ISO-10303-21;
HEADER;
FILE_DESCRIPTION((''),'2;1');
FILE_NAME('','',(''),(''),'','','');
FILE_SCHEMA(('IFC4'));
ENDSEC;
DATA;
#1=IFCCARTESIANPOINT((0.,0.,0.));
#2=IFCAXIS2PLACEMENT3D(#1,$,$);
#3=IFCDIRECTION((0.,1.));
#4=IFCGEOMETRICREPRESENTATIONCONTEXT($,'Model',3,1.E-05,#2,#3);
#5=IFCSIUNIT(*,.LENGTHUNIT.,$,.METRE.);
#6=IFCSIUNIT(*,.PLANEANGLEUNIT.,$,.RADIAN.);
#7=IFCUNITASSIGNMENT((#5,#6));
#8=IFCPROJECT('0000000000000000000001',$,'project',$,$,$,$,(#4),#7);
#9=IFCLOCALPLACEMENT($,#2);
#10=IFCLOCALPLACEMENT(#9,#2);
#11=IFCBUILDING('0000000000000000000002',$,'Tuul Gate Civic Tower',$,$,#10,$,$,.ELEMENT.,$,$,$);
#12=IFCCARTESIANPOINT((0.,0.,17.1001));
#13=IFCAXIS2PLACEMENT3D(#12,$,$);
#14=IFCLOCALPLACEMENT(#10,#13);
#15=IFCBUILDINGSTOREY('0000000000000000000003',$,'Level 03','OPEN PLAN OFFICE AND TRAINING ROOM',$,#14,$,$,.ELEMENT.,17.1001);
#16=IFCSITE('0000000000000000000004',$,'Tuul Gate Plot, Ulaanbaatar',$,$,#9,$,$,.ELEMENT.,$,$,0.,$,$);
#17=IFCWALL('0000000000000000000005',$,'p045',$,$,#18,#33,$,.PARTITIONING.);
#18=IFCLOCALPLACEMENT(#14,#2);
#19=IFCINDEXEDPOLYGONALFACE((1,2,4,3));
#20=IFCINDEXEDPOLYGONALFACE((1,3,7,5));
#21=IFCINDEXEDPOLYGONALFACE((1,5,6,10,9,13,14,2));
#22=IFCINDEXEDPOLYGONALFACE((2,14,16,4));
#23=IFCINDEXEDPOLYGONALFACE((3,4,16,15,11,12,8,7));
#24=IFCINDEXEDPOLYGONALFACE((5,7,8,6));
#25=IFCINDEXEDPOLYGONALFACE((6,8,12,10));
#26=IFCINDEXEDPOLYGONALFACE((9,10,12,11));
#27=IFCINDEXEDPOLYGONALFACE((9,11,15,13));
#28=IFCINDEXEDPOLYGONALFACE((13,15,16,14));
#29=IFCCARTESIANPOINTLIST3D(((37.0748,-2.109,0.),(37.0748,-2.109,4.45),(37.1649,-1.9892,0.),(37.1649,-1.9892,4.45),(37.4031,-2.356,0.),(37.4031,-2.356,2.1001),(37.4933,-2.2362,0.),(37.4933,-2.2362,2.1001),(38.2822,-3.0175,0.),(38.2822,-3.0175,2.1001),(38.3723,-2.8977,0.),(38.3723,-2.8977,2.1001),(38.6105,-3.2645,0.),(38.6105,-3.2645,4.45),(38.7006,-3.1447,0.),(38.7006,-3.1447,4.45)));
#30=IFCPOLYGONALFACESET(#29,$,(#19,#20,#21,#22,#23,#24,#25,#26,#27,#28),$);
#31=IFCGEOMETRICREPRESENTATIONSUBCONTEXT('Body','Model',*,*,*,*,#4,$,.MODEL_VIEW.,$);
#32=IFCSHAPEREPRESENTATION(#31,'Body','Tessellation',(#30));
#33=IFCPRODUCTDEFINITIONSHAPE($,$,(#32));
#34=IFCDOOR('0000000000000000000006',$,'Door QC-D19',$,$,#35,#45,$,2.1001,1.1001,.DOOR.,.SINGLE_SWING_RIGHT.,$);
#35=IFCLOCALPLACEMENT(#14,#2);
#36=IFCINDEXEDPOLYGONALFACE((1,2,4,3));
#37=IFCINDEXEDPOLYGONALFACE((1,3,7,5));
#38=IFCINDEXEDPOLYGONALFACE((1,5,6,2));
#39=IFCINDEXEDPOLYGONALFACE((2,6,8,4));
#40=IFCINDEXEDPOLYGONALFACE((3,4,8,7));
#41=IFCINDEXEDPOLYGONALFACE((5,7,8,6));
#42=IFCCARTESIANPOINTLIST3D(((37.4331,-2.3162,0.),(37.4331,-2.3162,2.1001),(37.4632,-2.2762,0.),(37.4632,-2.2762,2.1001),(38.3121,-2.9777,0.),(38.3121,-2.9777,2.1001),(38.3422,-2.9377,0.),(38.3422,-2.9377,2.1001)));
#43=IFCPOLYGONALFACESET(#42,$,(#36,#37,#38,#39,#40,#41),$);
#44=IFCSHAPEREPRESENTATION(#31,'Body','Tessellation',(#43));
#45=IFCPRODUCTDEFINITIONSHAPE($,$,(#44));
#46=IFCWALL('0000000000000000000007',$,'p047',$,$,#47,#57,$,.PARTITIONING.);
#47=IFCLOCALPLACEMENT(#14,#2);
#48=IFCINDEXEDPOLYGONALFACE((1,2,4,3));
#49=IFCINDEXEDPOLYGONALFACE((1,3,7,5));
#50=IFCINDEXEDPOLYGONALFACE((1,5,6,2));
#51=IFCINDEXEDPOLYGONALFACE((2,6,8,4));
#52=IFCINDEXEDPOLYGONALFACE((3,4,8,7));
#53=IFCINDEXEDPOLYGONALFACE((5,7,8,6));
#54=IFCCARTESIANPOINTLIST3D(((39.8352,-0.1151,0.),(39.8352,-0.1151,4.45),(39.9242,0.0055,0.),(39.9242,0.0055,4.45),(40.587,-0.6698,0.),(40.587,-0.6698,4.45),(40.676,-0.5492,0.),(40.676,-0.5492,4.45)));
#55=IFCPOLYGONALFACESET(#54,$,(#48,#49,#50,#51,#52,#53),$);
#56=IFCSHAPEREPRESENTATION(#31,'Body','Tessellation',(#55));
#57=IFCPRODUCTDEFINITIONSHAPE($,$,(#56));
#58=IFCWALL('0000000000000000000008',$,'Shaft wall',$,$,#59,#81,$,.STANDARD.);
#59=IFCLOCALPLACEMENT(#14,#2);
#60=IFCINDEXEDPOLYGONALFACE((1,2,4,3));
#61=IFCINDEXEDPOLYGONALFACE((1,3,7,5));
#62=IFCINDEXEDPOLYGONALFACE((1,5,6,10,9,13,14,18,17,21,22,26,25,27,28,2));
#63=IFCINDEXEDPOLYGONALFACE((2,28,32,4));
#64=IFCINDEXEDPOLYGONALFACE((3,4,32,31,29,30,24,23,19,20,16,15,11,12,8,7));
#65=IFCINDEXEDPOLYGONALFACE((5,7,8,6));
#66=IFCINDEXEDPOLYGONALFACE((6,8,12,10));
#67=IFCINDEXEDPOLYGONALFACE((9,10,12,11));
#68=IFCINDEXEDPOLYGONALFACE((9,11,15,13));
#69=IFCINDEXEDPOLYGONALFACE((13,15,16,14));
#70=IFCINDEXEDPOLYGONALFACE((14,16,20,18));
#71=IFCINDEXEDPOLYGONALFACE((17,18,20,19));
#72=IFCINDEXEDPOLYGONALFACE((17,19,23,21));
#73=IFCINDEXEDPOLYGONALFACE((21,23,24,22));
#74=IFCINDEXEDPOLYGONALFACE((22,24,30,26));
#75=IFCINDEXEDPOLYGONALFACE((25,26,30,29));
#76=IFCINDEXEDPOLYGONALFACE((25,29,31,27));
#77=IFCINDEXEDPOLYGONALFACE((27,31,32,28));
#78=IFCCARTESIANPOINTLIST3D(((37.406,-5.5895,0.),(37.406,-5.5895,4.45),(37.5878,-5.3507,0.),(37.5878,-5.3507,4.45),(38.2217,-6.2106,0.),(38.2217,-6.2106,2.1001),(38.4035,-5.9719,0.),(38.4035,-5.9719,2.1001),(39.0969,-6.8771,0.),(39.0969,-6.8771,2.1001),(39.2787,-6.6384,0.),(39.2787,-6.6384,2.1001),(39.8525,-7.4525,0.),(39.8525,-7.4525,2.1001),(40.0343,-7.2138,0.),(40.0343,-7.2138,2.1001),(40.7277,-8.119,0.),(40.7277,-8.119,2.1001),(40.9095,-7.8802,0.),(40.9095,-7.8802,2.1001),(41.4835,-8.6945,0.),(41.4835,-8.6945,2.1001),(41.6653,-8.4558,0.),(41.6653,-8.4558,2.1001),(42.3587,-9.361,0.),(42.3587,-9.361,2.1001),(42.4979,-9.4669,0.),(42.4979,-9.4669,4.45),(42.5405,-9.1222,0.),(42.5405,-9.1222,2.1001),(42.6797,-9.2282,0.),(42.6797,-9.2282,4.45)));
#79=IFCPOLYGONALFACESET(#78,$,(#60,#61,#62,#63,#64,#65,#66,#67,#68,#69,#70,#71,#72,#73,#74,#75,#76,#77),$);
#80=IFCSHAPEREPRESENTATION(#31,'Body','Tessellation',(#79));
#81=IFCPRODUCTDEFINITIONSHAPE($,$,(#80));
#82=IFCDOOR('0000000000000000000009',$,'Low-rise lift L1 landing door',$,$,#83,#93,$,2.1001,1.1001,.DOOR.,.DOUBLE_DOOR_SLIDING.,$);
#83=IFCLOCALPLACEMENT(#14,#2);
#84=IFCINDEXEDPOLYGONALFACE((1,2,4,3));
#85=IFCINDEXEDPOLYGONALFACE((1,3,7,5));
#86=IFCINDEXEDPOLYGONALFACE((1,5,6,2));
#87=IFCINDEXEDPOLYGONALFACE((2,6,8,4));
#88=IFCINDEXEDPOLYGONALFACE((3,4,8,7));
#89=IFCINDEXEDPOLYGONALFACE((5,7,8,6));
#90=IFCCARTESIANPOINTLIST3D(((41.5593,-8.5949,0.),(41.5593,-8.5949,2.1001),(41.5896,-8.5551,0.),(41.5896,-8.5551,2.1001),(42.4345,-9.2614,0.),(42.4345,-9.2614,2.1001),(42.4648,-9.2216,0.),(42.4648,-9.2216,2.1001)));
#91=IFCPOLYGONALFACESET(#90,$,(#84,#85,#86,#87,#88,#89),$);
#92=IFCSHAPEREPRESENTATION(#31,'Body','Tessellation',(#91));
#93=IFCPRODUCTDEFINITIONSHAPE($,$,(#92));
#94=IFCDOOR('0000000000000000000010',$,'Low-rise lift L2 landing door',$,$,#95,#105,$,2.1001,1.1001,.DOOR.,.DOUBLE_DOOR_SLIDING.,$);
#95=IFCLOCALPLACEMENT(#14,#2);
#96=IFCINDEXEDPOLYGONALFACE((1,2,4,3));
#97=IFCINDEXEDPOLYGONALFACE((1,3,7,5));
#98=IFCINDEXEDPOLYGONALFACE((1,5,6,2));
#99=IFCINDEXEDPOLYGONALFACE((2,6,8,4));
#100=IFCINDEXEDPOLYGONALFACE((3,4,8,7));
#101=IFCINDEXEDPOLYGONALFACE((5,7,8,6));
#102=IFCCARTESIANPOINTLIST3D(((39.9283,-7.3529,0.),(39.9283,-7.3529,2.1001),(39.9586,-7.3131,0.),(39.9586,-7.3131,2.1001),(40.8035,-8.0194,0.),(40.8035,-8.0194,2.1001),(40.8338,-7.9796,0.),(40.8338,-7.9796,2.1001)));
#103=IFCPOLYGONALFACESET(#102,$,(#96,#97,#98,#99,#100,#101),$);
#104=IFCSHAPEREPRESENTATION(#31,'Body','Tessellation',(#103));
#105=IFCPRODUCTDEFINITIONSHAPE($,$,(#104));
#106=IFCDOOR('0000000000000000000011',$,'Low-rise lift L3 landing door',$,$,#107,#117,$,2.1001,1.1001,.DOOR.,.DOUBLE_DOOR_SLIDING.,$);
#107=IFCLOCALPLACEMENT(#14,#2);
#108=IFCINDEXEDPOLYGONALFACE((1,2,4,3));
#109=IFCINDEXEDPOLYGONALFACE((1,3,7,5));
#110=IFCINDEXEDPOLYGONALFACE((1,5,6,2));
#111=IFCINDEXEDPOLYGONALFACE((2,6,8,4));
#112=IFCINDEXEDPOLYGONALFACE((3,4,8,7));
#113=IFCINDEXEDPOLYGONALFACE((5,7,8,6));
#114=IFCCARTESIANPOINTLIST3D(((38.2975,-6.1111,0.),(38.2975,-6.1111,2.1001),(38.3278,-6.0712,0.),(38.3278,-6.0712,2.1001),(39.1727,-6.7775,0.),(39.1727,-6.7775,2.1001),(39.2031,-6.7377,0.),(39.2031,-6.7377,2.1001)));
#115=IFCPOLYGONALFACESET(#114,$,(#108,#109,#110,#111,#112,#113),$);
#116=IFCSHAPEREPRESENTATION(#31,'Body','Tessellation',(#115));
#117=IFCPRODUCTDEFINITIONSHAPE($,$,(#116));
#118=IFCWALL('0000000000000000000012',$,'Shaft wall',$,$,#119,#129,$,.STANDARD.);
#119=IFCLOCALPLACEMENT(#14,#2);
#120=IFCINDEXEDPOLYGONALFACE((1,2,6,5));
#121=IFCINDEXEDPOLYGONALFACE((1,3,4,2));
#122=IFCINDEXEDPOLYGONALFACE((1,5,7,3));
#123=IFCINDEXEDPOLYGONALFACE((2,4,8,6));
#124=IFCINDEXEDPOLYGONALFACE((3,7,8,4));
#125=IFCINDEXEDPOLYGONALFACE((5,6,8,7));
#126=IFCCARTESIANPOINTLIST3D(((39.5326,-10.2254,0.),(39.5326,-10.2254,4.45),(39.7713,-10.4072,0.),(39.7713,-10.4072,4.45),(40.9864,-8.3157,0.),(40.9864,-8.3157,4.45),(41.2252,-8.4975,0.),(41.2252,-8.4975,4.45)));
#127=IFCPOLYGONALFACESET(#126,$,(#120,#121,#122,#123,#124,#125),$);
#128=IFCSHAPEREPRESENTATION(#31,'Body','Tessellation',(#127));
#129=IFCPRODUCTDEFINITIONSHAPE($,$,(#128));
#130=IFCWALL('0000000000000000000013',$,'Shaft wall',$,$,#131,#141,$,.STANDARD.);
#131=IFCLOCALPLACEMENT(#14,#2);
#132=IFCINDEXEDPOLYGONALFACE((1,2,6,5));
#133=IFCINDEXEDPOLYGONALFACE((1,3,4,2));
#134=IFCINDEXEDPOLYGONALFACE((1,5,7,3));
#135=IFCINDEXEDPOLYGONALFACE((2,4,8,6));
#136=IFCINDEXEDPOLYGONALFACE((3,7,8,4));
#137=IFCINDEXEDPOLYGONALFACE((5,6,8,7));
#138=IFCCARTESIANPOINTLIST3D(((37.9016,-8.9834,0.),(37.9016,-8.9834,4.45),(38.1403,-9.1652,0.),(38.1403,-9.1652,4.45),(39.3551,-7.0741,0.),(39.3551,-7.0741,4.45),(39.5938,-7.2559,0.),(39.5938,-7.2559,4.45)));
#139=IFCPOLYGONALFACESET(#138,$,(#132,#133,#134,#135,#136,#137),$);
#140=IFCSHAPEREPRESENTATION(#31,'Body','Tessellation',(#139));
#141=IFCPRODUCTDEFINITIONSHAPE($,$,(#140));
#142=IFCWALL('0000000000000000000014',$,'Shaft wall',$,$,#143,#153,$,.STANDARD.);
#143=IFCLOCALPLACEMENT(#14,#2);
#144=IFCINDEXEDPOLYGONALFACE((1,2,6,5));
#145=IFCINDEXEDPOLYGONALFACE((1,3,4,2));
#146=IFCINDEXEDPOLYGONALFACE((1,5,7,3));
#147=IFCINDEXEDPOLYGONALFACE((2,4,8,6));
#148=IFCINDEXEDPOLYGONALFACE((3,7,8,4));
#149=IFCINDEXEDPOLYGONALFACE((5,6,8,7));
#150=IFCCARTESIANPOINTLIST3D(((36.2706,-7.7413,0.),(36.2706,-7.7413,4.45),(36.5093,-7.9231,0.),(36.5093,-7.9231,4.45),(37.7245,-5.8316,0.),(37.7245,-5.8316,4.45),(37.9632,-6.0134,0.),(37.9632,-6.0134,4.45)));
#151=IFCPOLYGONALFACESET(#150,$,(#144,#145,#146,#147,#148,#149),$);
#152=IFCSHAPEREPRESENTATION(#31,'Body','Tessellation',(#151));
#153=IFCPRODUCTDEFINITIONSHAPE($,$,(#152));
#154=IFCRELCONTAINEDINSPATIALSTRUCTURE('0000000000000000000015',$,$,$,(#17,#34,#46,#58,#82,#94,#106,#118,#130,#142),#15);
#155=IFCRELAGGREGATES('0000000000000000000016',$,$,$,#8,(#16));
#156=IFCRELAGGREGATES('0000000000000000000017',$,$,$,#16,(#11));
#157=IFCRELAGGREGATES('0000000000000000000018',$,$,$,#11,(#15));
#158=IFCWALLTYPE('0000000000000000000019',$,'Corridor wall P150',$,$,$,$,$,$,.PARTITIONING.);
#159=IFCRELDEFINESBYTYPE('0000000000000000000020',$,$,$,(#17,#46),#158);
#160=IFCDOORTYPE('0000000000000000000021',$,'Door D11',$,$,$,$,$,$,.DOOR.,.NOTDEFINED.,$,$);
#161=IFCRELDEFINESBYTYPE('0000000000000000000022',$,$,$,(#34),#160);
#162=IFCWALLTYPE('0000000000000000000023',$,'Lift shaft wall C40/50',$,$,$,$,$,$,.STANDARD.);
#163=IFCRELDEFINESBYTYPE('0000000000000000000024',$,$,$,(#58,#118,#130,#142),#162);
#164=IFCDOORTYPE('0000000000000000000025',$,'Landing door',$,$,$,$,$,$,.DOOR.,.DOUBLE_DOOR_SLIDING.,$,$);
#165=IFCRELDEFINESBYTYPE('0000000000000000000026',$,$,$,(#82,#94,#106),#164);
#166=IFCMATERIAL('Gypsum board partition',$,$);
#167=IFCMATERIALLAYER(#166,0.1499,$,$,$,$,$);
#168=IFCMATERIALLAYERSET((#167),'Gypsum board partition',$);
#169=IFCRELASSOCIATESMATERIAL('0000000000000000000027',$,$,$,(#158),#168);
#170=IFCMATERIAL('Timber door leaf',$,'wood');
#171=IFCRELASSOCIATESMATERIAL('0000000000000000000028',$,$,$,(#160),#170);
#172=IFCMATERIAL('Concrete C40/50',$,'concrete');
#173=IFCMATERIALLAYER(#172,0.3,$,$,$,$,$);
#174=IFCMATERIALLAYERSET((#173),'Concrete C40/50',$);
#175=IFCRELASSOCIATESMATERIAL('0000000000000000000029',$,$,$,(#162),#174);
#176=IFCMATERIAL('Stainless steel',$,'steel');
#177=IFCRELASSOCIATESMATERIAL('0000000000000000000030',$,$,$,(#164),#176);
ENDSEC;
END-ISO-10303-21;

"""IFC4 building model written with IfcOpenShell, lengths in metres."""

from ifc_helpers import new_model, si_unit, direction, frame, frame_2d, origin, place, context, subcontext, project, spatial, rectangle, extrude, material, layer, layer_set, type_object, element, fill, save


model = new_model("IFC4")

# Units and contexts
model_context = context("Model", 3, precision=1e-05, world=origin(), true_north=direction((0.0, 1.0)))
body_context = subcontext(model_context, "Body", "Model", "MODEL_VIEW")
ifc_project = project(units=[si_unit("LENGTHUNIT", "METRE"), si_unit("PLANEANGLEUNIT", "RADIAN")], contexts=[model_context])

# Site, building, storey
site_placement = place(None, origin())
site = spatial("IfcSite", under=ifc_project, at=site_placement, Name="Tuul Gate Plot, Ulaanbaatar", CompositionType="ELEMENT", RefElevation=0.0)
building_placement = place(site_placement, origin())
building = spatial("IfcBuilding", under=site, at=building_placement, Name="Tuul Gate Civic Tower", CompositionType="ELEMENT")
storey_placement = place(building_placement, frame((0.0, 0.0, 17.1001)))
storey = spatial("IfcBuildingStorey", under=building, at=storey_placement, Name="Level 03", Description="OPEN PLAN OFFICE AND TRAINING ROOM", CompositionType="ELEMENT", Elevation=17.1001)

# Shared definitions
ifc_material_1 = material(Name="Gypsum board partition")
ifc_layer_1 = layer(ifc_material_1, 0.1499)
ifc_layer_set_1 = layer_set([ifc_layer_1], Name="Gypsum board partition")
wall_type_1 = type_object("IfcWallType", Name="Corridor wall P150", PredefinedType="PARTITIONING", material=ifc_layer_set_1)

# Wall, opening, door
wall_1_placement = place(storey_placement, frame((37.1199, -2.0491, 0.0), z_axis=(0.0, 0.0, 1.0), x_axis=(0.799054, -0.601259, 0.0)))
wall_1 = element("IfcWall", 1, at=wall_1_placement, inside=storey, type_object=wall_type_1, Name="p045", PredefinedType="PARTITIONING", context=body_context, shape_type="SweptSolid", body=[
    extrude(rectangle(XDim=1.9219, YDim=0.1499, at=frame_2d((0.9609, 0.0))), origin(), (0.0, 0.0, 1.0), 4.45),
])
opening_1_placement = place(wall_1_placement, frame((0.4109, 0.0, 0.0)))
opening_1 = element("IfcOpeningElement", 2, at=opening_1_placement, cuts=wall_1, PredefinedType="OPENING", context=body_context, shape_type="SweptSolid", body=[
    extrude(rectangle(XDim=1.1001, YDim=2.1001, at=frame_2d((0.55, 1.05))), frame((0.0, 0.085, 0.0), z_axis=(0.0, -1.0, 0.0), x_axis=(1.0, 0.0, 0.0)), (0.0, 0.0, 1.0), 0.1699),
])
ifc_material_2 = material(Name="Timber door leaf", Category="wood")
door_type_1 = type_object("IfcDoorType", Name="Door D11", OperationType="NOTDEFINED", PredefinedType="DOOR", material=ifc_material_2)
door_1_placement = place(opening_1_placement, origin())
door_1 = element("IfcDoor", 3, at=door_1_placement, inside=storey, type_object=door_type_1, Name="Door QC-D19", OperationType="SINGLE_SWING_RIGHT", OverallHeight=2.1001, OverallWidth=1.1001, PredefinedType="DOOR", context=body_context, shape_type="SweptSolid", body=[
    extrude(rectangle(XDim=1.1001, YDim=2.1001, at=frame_2d((0.55, 1.05))), frame((0.0, 0.0249, 0.0), z_axis=(0.0, -1.0, 0.0), x_axis=(1.0, 0.0, 0.0)), (0.0, 0.0, 1.0), 0.05),
])
fill(opening_1, door_1)

# Wall
wall_2_placement = place(storey_placement, frame((39.8796, -0.0547, 0.0), z_axis=(0.0, 0.0, 1.0), x_axis=(0.804648, -0.593752, 0.0)))
element("IfcWall", 4, at=wall_2_placement, inside=storey, type_object=wall_type_1, Name="p047", PredefinedType="PARTITIONING", context=body_context, shape_type="SweptSolid", body=[
    extrude(rectangle(XDim=0.9343, YDim=0.1499, at=frame_2d((0.4673, 0.0))), origin(), (0.0, 0.0, 1.0), 4.45),
])

# Wall, openings, doors
ifc_material_3 = material(Name="Concrete C40/50", Category="concrete")
ifc_layer_2 = layer(ifc_material_3, 0.3)
ifc_layer_set_2 = layer_set([ifc_layer_2], Name="Concrete C40/50")
wall_type_2 = type_object("IfcWallType", Name="Lift shaft wall C40/50", PredefinedType="STANDARD", material=ifc_layer_set_2)
wall_3_placement = place(storey_placement, frame((42.5889, -9.3477, 0.0), z_axis=(0.0, 0.0, 1.0), x_axis=(-0.795584, 0.605843, 0.0)))
wall_3 = element("IfcWall", 5, at=wall_3_placement, inside=storey, type_object=wall_type_2, Name="Shaft wall", PredefinedType="STANDARD", context=body_context, shape_type="SweptSolid", body=[
    extrude(rectangle(XDim=6.4001, YDim=0.3, at=frame_2d((3.2002, 0.0))), origin(), (0.0, 0.0, 1.0), 4.45),
])
opening_2_placement = place(wall_3_placement, frame((0.175, 0.0, 0.0)))
opening_2 = element("IfcOpeningElement", 6, at=opening_2_placement, cuts=wall_3, PredefinedType="OPENING", context=body_context, shape_type="SweptSolid", body=[
    extrude(rectangle(XDim=1.1001, YDim=2.1001, at=frame_2d((0.55, 1.05))), frame((0.0, 0.1602, 0.0), z_axis=(0.0, -1.0, 0.0), x_axis=(1.0, 0.0, 0.0)), (0.0, 0.0, 1.0), 0.3201),
])
opening_3_placement = place(wall_3_placement, frame((2.2251, 0.0, 0.0)))
opening_3 = element("IfcOpeningElement", 7, at=opening_3_placement, cuts=wall_3, PredefinedType="OPENING", context=body_context, shape_type="SweptSolid", body=[
    extrude(rectangle(XDim=1.1001, YDim=2.1001, at=frame_2d((0.55, 1.05))), frame((0.0, 0.1602, 0.0), z_axis=(0.0, -1.0, 0.0), x_axis=(1.0, 0.0, 0.0)), (0.0, 0.0, 1.0), 0.3201),
])
opening_4_placement = place(wall_3_placement, frame((4.2749, 0.0, 0.0)))
opening_4 = element("IfcOpeningElement", 8, at=opening_4_placement, cuts=wall_3, PredefinedType="OPENING", context=body_context, shape_type="SweptSolid", body=[
    extrude(rectangle(XDim=1.1001, YDim=2.1001, at=frame_2d((0.55, 1.05))), frame((0.0, 0.1602, 0.0), z_axis=(0.0, -1.0, 0.0), x_axis=(1.0, 0.0, 0.0)), (0.0, 0.0, 1.0), 0.3201),
])
ifc_material_4 = material(Name="Stainless steel", Category="steel")
door_type_2 = type_object("IfcDoorType", Name="Landing door", OperationType="DOUBLE_DOOR_SLIDING", PredefinedType="DOOR", material=ifc_material_4)
door_2_placement = place(opening_2_placement, origin())
door_2 = element("IfcDoor", 9, at=door_2_placement, inside=storey, type_object=door_type_2, Name="Low-rise lift L1 landing door", OperationType="DOUBLE_DOOR_SLIDING", OverallHeight=2.1001, OverallWidth=1.1001, PredefinedType="DOOR", context=body_context, shape_type="SweptSolid", body=[
    extrude(rectangle(XDim=1.1001, YDim=2.1001, at=frame_2d((0.55, 1.05))), frame((0.0, 0.0249, 0.0), z_axis=(0.0, -1.0, 0.0), x_axis=(1.0, 0.0, 0.0)), (0.0, 0.0, 1.0), 0.05),
])
fill(opening_2, door_2)
door_3_placement = place(opening_3_placement, origin())
door_3 = element("IfcDoor", 10, at=door_3_placement, inside=storey, type_object=door_type_2, Name="Low-rise lift L2 landing door", OperationType="DOUBLE_DOOR_SLIDING", OverallHeight=2.1001, OverallWidth=1.1001, PredefinedType="DOOR", context=body_context, shape_type="SweptSolid", body=[
    extrude(rectangle(XDim=1.1001, YDim=2.1001, at=frame_2d((0.55, 1.05))), frame((0.0, 0.0249, 0.0), z_axis=(0.0, -1.0, 0.0), x_axis=(1.0, 0.0, 0.0)), (0.0, 0.0, 1.0), 0.05),
])
fill(opening_3, door_3)
door_4_placement = place(opening_4_placement, origin())
door_4 = element("IfcDoor", 11, at=door_4_placement, inside=storey, type_object=door_type_2, Name="Low-rise lift L3 landing door", OperationType="DOUBLE_DOOR_SLIDING", OverallHeight=2.1001, OverallWidth=1.1001, PredefinedType="DOOR", context=body_context, shape_type="SweptSolid", body=[
    extrude(rectangle(XDim=1.1001, YDim=2.1001, at=frame_2d((0.55, 1.05))), frame((0.0, 0.0249, 0.0), z_axis=(0.0, -1.0, 0.0), x_axis=(1.0, 0.0, 0.0)), (0.0, 0.0, 1.0), 0.05),
])
fill(opening_4, door_4)

# Walls
wall_4_placement = place(storey_placement, frame((39.6519, -10.3164, 0.0), z_axis=(0.0, 0.0, 1.0), x_axis=(0.605746, 0.795658, 0.0)))
element("IfcWall", 12, at=wall_4_placement, inside=storey, type_object=wall_type_2, Name="Shaft wall", PredefinedType="STANDARD", context=body_context, shape_type="SweptSolid", body=[
    extrude(rectangle(XDim=2.4001, YDim=0.3, at=frame_2d((1.2002, 0.0))), origin(), (0.0, 0.0, 1.0), 4.45),
])
wall_5_placement = place(storey_placement, frame((38.021, -9.0742, 0.0), z_axis=(0.0, 0.0, 1.0), x_axis=(0.605731, 0.79567, 0.0)))
element("IfcWall", 13, at=wall_5_placement, inside=storey, type_object=wall_type_2, Name="Shaft wall", PredefinedType="STANDARD", context=body_context, shape_type="SweptSolid", body=[
    extrude(rectangle(XDim=2.3997, YDim=0.3, at=frame_2d((1.1997, 0.0))), origin(), (0.0, 0.0, 1.0), 4.45),
])
wall_6_placement = place(storey_placement, frame((36.3899, -7.8323, 0.0), z_axis=(0.0, 0.0, 1.0), x_axis=(0.605746, 0.795658, 0.0)))
element("IfcWall", 14, at=wall_6_placement, inside=storey, type_object=wall_type_2, Name="Shaft wall", PredefinedType="STANDARD", context=body_context, shape_type="SweptSolid", body=[
    extrude(rectangle(XDim=2.4001, YDim=0.3, at=frame_2d((1.2002, 0.0))), origin(), (0.0, 0.0, 1.0), 4.45),
])

save(model, "model.ifc")
